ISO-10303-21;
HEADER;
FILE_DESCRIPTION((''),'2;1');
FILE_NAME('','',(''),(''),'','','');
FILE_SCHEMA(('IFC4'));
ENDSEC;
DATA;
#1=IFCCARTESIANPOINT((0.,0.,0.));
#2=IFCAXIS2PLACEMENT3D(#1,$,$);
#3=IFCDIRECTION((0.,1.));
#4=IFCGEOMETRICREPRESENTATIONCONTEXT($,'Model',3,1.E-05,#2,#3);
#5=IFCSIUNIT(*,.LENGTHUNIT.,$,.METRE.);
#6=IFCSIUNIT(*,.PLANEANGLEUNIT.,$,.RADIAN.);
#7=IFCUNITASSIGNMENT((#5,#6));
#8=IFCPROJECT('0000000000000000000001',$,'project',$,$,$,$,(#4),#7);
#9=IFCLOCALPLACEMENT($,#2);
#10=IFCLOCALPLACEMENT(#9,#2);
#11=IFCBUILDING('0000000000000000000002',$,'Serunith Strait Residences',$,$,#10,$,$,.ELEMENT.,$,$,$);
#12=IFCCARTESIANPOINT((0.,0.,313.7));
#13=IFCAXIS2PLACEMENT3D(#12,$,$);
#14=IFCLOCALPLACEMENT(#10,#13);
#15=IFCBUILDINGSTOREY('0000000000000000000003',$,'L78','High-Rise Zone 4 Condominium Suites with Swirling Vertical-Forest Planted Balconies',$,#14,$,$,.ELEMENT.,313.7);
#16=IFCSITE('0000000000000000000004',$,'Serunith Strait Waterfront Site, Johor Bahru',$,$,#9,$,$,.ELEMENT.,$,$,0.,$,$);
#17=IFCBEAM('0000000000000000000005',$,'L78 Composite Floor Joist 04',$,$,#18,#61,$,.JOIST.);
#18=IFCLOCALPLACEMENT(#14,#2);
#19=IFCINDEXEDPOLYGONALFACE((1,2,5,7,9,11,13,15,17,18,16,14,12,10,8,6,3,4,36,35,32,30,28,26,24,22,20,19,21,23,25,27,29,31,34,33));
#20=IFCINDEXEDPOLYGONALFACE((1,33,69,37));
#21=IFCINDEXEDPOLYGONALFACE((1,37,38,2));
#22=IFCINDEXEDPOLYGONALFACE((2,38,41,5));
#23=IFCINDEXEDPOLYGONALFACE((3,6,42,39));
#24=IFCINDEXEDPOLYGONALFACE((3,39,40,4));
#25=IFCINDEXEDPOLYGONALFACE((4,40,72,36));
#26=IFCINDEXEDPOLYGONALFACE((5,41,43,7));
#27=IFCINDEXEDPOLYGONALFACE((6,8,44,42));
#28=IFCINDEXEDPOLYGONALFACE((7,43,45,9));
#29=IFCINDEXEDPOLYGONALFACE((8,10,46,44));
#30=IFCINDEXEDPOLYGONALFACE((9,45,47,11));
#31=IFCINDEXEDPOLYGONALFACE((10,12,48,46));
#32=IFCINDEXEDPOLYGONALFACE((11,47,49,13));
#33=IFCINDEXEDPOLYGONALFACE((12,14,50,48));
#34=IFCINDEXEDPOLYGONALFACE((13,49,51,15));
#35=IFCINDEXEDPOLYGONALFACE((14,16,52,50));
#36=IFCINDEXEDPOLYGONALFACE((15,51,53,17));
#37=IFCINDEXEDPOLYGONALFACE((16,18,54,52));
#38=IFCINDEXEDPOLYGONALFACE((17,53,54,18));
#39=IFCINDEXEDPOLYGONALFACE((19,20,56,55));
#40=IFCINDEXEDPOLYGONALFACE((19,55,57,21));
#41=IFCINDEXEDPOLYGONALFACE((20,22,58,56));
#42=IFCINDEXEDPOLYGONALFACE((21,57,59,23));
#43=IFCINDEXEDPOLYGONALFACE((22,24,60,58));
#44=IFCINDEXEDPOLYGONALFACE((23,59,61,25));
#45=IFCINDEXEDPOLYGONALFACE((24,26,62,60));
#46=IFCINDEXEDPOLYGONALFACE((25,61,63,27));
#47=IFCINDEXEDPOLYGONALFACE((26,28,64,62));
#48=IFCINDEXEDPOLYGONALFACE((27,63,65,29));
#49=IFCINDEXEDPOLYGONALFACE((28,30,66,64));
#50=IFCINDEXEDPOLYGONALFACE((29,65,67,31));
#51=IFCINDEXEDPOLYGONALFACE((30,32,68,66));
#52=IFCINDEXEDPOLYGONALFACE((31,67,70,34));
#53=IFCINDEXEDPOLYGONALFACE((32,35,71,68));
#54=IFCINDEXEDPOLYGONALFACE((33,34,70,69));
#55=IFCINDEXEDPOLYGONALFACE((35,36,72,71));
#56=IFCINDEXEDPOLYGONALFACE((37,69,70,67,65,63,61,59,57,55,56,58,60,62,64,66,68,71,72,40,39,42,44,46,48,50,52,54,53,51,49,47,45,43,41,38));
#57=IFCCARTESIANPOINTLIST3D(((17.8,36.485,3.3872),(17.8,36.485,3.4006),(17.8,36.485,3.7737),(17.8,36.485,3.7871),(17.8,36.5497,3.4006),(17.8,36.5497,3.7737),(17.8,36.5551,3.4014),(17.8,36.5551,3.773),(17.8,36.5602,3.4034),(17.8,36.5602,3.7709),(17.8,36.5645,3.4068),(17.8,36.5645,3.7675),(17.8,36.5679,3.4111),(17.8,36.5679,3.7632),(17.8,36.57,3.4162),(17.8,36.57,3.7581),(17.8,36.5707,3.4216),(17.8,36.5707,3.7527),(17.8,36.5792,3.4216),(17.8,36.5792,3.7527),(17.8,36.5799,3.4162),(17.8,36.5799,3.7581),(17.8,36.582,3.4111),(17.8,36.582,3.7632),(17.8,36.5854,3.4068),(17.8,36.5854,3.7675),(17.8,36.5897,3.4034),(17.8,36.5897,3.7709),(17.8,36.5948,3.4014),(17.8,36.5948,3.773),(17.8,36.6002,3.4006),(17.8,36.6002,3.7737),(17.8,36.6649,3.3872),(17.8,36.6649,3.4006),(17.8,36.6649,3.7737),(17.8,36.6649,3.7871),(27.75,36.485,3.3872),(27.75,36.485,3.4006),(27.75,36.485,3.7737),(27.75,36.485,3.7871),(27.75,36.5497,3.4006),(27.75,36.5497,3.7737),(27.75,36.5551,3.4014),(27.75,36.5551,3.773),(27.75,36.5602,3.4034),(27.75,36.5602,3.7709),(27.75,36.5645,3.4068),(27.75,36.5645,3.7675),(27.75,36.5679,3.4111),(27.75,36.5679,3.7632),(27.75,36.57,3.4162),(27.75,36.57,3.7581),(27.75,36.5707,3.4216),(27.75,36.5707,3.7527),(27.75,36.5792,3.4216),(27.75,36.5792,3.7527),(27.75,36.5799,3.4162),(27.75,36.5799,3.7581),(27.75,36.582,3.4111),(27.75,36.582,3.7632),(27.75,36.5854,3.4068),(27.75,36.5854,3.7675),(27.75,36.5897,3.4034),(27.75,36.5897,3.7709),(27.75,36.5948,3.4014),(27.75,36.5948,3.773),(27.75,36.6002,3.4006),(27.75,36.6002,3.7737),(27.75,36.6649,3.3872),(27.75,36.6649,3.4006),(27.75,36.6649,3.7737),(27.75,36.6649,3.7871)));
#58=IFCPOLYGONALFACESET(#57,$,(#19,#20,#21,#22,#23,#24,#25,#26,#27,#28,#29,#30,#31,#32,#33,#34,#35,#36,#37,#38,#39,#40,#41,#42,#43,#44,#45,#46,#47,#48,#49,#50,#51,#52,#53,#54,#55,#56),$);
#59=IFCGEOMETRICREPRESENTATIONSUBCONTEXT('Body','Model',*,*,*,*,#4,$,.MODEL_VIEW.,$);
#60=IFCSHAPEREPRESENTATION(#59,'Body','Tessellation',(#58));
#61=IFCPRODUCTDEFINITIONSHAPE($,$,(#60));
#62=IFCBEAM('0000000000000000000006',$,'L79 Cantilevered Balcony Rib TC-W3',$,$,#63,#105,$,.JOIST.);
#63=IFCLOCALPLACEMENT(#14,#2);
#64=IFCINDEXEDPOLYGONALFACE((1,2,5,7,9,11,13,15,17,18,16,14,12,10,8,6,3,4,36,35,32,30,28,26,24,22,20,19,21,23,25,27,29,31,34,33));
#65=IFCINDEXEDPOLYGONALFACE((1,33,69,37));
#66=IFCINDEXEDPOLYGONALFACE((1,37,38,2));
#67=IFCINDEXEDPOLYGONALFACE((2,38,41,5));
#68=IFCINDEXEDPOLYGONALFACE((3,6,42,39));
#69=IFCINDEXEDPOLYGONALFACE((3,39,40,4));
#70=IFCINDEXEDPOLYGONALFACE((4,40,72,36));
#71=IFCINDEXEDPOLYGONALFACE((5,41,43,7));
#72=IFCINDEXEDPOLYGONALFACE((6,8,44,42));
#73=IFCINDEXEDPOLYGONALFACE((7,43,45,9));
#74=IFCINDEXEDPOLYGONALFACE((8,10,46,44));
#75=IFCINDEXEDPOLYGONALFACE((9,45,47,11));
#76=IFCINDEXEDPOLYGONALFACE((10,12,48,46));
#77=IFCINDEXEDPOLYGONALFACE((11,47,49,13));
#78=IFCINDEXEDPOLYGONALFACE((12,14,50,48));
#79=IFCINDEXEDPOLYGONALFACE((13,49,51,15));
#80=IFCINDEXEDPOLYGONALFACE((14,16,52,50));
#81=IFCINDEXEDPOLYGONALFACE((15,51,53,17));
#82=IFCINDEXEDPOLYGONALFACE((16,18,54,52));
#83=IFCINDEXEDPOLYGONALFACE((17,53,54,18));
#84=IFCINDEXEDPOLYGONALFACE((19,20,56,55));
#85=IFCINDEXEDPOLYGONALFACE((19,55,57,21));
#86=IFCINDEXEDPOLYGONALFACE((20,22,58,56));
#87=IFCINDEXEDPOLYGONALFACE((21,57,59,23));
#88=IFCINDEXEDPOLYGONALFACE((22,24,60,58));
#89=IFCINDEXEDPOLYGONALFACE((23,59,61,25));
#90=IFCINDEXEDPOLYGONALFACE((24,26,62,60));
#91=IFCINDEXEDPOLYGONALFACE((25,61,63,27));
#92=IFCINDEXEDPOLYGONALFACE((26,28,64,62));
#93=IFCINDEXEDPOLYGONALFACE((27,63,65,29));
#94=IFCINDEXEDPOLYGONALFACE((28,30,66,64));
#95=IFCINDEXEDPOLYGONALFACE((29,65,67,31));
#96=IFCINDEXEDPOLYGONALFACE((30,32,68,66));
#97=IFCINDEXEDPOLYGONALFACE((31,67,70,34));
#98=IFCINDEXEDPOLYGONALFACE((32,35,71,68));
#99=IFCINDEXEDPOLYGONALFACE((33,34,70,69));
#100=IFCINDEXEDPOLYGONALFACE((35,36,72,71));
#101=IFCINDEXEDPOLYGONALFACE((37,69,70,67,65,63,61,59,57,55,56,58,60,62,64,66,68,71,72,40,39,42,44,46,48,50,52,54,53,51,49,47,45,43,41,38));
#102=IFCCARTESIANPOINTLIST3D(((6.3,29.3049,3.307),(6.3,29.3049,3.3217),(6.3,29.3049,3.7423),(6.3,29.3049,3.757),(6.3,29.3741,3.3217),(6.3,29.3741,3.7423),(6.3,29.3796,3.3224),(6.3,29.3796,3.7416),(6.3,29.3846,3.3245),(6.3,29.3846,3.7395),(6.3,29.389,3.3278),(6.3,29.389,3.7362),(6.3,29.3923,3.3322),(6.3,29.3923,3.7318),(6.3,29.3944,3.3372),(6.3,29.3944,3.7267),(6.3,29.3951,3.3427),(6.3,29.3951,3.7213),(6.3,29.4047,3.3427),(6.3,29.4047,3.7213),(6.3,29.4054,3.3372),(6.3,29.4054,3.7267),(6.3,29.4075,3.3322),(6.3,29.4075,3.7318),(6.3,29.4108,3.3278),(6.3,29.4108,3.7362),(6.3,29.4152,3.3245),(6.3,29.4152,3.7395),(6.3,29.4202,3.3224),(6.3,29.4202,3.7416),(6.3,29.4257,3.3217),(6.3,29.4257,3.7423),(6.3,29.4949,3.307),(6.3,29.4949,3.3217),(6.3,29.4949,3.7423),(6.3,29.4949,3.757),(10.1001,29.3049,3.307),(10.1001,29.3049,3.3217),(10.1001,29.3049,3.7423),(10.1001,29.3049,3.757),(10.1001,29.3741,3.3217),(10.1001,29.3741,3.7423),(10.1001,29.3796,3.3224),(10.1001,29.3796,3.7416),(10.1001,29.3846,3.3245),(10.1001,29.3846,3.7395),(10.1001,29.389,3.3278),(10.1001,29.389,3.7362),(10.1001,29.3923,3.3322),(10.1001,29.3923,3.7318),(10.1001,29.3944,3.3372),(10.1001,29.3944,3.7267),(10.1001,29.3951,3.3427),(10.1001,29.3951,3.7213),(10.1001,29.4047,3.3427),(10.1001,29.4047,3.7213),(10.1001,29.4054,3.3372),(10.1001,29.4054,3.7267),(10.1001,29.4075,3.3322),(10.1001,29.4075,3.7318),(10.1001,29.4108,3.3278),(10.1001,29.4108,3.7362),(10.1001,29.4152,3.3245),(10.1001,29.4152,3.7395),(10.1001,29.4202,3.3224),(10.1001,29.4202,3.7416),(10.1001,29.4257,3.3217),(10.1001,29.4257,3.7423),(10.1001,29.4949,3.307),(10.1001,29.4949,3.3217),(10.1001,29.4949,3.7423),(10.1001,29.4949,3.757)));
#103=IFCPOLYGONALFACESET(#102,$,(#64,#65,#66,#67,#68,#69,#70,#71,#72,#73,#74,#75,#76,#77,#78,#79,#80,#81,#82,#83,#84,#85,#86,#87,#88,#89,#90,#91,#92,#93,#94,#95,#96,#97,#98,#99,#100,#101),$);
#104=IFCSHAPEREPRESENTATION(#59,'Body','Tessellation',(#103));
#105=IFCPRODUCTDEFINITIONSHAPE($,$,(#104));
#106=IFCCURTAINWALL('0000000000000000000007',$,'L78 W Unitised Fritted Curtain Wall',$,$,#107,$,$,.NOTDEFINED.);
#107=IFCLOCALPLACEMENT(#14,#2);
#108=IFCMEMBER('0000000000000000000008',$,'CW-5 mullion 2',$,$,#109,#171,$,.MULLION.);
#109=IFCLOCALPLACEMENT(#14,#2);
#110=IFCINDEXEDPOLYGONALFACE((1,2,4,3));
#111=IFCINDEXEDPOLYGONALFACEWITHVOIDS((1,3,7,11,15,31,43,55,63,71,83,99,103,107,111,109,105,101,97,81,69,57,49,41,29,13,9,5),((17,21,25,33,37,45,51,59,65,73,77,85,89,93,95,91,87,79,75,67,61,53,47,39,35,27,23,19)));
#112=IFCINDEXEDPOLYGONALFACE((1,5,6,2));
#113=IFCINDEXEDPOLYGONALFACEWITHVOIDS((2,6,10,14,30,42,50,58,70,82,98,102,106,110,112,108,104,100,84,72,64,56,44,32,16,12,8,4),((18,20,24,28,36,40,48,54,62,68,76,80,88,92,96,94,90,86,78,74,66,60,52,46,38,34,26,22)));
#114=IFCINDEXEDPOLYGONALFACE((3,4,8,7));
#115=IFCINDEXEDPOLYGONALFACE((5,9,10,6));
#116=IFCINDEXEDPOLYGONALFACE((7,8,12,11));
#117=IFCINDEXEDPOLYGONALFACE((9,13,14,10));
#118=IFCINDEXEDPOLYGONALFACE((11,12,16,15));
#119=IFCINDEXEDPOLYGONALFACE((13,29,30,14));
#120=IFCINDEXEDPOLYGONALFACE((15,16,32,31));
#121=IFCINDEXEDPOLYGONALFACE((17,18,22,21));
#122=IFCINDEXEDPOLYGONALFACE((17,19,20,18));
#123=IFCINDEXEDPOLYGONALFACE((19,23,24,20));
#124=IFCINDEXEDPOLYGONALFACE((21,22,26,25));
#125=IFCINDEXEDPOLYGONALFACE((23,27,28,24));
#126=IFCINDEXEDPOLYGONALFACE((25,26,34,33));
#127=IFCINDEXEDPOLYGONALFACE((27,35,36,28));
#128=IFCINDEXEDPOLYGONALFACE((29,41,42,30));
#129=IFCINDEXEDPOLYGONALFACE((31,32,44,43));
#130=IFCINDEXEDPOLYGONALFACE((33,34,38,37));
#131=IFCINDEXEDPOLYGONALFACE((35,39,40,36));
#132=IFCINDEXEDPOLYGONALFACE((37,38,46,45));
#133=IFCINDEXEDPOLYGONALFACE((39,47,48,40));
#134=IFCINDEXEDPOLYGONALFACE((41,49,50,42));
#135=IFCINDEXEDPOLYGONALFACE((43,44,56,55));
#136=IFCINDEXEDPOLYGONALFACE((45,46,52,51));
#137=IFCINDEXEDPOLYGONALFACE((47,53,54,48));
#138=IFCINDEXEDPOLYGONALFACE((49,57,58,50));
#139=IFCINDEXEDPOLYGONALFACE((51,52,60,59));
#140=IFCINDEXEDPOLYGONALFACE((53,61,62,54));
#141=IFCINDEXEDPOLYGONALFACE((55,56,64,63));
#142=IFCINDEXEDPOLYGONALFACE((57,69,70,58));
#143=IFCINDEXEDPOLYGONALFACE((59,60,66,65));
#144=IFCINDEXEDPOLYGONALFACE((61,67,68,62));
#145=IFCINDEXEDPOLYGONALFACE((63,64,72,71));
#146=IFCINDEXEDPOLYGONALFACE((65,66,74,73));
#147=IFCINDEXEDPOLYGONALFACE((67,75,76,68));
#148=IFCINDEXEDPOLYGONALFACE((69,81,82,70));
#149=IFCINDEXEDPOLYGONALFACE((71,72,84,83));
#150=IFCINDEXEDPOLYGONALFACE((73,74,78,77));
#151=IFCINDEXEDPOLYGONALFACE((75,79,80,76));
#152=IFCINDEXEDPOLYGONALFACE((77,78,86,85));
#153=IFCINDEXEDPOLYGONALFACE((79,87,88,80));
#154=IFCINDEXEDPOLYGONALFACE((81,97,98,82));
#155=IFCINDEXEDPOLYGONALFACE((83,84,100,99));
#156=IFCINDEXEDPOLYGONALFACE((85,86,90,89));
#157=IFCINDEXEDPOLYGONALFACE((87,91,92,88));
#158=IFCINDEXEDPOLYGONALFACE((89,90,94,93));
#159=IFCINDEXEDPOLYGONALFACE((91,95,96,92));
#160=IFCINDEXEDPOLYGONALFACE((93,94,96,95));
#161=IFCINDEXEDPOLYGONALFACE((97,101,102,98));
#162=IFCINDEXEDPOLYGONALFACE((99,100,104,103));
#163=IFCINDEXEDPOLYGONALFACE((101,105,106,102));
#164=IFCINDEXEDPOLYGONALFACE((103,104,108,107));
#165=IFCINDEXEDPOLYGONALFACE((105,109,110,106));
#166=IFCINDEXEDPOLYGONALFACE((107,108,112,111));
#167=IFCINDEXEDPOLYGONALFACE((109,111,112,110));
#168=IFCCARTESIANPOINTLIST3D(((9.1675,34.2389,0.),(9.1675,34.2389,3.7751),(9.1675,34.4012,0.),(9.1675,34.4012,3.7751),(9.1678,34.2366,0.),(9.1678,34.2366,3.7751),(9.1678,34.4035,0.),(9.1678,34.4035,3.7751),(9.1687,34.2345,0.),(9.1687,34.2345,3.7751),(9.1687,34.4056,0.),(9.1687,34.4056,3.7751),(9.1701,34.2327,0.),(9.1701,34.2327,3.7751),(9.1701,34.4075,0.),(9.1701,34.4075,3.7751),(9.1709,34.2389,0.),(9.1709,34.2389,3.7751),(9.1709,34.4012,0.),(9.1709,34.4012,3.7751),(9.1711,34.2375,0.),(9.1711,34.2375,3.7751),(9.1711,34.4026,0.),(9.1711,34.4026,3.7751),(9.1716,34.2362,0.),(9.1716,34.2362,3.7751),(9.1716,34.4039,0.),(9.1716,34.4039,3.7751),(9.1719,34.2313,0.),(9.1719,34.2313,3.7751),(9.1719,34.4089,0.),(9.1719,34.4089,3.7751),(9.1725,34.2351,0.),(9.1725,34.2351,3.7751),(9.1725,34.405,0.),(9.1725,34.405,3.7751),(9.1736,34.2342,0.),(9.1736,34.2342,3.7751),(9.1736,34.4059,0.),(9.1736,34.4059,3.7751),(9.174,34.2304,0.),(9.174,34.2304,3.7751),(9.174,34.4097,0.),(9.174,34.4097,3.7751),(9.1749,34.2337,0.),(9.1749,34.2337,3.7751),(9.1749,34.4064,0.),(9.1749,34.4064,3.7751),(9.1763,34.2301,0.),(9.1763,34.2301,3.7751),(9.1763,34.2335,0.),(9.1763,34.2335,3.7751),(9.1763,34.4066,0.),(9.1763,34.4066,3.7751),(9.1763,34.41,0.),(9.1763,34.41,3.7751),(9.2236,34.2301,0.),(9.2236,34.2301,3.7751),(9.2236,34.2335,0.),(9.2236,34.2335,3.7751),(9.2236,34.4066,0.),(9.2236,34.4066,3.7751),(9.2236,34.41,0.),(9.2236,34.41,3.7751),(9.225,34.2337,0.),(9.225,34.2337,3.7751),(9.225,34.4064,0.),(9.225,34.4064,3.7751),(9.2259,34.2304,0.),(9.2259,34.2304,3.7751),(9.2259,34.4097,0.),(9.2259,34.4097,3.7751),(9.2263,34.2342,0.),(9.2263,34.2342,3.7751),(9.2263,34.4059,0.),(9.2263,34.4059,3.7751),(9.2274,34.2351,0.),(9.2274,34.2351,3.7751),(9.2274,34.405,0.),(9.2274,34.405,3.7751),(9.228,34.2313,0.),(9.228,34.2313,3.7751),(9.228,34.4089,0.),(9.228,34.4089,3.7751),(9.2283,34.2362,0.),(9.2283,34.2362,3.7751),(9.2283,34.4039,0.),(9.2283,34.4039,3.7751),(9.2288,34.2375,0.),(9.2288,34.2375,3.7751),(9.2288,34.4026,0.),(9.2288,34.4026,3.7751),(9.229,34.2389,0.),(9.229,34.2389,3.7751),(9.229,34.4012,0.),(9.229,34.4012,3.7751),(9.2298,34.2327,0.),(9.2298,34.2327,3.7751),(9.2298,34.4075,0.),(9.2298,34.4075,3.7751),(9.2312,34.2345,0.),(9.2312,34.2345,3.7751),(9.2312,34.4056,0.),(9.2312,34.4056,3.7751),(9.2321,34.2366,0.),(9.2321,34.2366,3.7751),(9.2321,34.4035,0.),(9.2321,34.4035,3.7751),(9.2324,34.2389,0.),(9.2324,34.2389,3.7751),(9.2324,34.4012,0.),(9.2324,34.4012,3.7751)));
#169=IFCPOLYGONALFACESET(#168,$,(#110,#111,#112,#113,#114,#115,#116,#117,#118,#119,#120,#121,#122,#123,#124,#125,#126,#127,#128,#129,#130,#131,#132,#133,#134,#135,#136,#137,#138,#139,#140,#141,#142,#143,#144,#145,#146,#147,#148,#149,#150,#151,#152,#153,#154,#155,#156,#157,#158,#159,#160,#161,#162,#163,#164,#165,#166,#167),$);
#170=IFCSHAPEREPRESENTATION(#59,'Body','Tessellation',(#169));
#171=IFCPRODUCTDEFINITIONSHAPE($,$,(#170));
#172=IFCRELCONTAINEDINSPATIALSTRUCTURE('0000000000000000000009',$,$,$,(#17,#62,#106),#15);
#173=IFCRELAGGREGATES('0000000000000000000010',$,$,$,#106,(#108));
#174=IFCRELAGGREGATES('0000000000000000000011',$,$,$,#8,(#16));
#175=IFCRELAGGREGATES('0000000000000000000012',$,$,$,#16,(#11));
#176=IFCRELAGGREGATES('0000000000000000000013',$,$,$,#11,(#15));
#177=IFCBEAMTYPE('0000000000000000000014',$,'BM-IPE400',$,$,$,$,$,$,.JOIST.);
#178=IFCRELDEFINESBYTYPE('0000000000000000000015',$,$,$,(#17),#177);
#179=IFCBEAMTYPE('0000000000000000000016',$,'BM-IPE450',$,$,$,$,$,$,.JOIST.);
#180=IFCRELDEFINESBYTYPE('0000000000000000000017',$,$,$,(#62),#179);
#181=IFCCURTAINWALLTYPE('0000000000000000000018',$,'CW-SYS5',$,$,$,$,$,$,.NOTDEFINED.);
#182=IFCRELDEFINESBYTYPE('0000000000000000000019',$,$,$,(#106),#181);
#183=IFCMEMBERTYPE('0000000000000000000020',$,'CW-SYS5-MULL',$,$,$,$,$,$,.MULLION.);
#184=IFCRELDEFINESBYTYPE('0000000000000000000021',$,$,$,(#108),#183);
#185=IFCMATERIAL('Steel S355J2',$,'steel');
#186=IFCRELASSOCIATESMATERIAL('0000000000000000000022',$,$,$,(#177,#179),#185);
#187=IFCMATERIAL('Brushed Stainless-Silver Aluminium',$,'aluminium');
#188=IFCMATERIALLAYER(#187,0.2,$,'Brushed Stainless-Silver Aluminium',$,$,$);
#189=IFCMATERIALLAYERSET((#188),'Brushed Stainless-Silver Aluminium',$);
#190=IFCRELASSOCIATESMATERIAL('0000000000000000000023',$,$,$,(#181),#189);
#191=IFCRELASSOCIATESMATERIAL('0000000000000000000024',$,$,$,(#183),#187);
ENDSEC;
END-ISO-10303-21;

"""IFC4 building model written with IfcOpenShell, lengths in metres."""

from ifc_helpers import new_model, si_unit, direction, frame, origin, origin_2d, place, context, subcontext, project, spatial, hollow_rectangle, i_section, extrude, source, transform, mapped, material, layer, layer_set, material_profile, profile_set, type_object, element, aggregate, save


model = new_model("IFC4")

# Units and contexts
model_context = context("Model", 3, precision=1e-05, world=origin(), true_north=direction((0.0, 1.0)))
body_context = subcontext(model_context, "Body", "Model", "MODEL_VIEW")
ifc_project = project(units=[si_unit("LENGTHUNIT", "METRE"), si_unit("PLANEANGLEUNIT", "RADIAN")], contexts=[model_context])

# Site, building, storey
site_placement = place(None, origin())
site = spatial("IfcSite", under=ifc_project, at=site_placement, Name="Serunith Strait Waterfront Site, Johor Bahru", CompositionType="ELEMENT", RefElevation=0.0)
building_placement = place(site_placement, origin())
building = spatial("IfcBuilding", under=site, at=building_placement, Name="Serunith Strait Residences", CompositionType="ELEMENT")
storey_placement = place(building_placement, frame((0.0, 0.0, 313.7)))
storey = spatial("IfcBuildingStorey", under=building, at=storey_placement, Name="L78", Description="High-Rise Zone 4 Condominium Suites with Swirling Vertical-Forest Planted Balconies", CompositionType="ELEMENT", Elevation=313.7)

# Beams
ifc_material_1 = material(Name="Steel S355J2", Category="steel")
ifc_material_profile_1 = material_profile(ifc_material_1, i_section(OverallWidth=0.1799, OverallDepth=0.3999, WebThickness=0.0085, FlangeThickness=0.0134, FilletRadius=0.021, at=origin_2d()), Name="IPE 400")
ifc_profile_set_1 = profile_set([ifc_material_profile_1], Name="Steel S355J2")
beam_type_1 = type_object("IfcBeamType", Name="BM-IPE400", PredefinedType="JOIST", material=ifc_profile_set_1)
shared_shape_1 = source(origin(), body_context, "Body", "SweptSolid", [
    extrude(i_section(OverallWidth=0.1799, OverallDepth=0.3999, WebThickness=0.0085, FlangeThickness=0.0134, FilletRadius=0.021, at=origin_2d()), origin(), (0.0, 0.0, 1.0), 9.95),
])
beam_1_placement = place(storey_placement, frame((17.8, 36.575, 3.5872), z_axis=(1.0, 0.0, 0.0), x_axis=(0.0, 1.0, 0.0)))
element("IfcBeam", 1, at=beam_1_placement, inside=storey, type_object=beam_type_1, Name="L78 Composite Floor Joist 04", PredefinedType="JOIST", context=body_context, shape_type="MappedRepresentation", body=[
    mapped(shared_shape_1, transform((0.0, 0.0, 0.0), scale=1.0)),
])
ifc_material_profile_2 = material_profile(ifc_material_1, i_section(OverallWidth=0.1899, OverallDepth=0.45, WebThickness=0.0095, FlangeThickness=0.0146, FilletRadius=0.021, at=origin_2d()), Name="IPE 450")
ifc_profile_set_2 = profile_set([ifc_material_profile_2], Name="Steel S355J2")
beam_type_2 = type_object("IfcBeamType", Name="BM-IPE450", PredefinedType="JOIST", material=ifc_profile_set_2)
shared_shape_2 = source(origin(), body_context, "Body", "SweptSolid", [
    extrude(i_section(OverallWidth=0.1899, OverallDepth=0.45, WebThickness=0.0095, FlangeThickness=0.0146, FilletRadius=0.021, at=origin_2d()), origin(), (0.0, 0.0, 1.0), 3.8),
])
beam_2_placement = place(storey_placement, frame((10.1001, 29.3999, 3.532), z_axis=(-1.0, 0.0, 0.0), x_axis=(0.0, -1.0, 0.0)))
element("IfcBeam", 2, at=beam_2_placement, inside=storey, type_object=beam_type_2, Name="L79 Cantilevered Balcony Rib TC-W3", PredefinedType="JOIST", context=body_context, shape_type="MappedRepresentation", body=[
    mapped(shared_shape_2, transform((0.0, 0.0, 0.0), scale=1.0)),
])

# Curtain wall, member
ifc_material_2 = material(Name="Brushed Stainless-Silver Aluminium", Category="aluminium")
ifc_layer_1 = layer(ifc_material_2, 0.2, Name="Brushed Stainless-Silver Aluminium")
ifc_layer_set_1 = layer_set([ifc_layer_1], Name="Brushed Stainless-Silver Aluminium")
curtain_wall_type = type_object("IfcCurtainWallType", Name="CW-SYS5", PredefinedType="NOTDEFINED", material=ifc_layer_set_1)
curtain_wall_placement = place(storey_placement, origin())
curtain_wall = element("IfcCurtainWall", 3, at=curtain_wall_placement, inside=storey, type_object=curtain_wall_type, Name="L78 W Unitised Fritted Curtain Wall", PredefinedType="NOTDEFINED")
ifc_material_profile_3 = material_profile(ifc_material_2, hollow_rectangle(XDim=0.0649, YDim=0.1799, WallThickness=0.0034, InnerFilletRadius=0.0054, OuterFilletRadius=0.0088, at=origin_2d()), Name="ALU 180x65x3.5")
ifc_profile_set_3 = profile_set([ifc_material_profile_3], Name="Brushed Stainless-Silver Aluminium")
member_type_1 = type_object("IfcMemberType", Name="CW-SYS5-MULL", PredefinedType="MULLION", material=ifc_profile_set_3)
shared_shape_3 = source(origin(), body_context, "Body", "SweptSolid", [
    extrude(hollow_rectangle(XDim=0.0649, YDim=0.1799, WallThickness=0.0034, InnerFilletRadius=0.0054, OuterFilletRadius=0.0088, at=origin_2d()), origin(), (0.0, 0.0, 1.0), 3.7751),
])
member_1_placement = place(storey_placement, frame((9.2, 34.3201, 0.0), z_axis=(0.0, 0.0, 1.0), x_axis=(1.0, 0.0, 0.0)))
member_1 = element("IfcMember", 4, at=member_1_placement, type_object=member_type_1, Name="CW-5 mullion 2", PredefinedType="MULLION", context=body_context, shape_type="MappedRepresentation", body=[
    mapped(shared_shape_3, transform((0.0, 0.0, 0.0), scale=1.0)),
])
aggregate(curtain_wall, [member_1])

save(model, "model.ifc")
